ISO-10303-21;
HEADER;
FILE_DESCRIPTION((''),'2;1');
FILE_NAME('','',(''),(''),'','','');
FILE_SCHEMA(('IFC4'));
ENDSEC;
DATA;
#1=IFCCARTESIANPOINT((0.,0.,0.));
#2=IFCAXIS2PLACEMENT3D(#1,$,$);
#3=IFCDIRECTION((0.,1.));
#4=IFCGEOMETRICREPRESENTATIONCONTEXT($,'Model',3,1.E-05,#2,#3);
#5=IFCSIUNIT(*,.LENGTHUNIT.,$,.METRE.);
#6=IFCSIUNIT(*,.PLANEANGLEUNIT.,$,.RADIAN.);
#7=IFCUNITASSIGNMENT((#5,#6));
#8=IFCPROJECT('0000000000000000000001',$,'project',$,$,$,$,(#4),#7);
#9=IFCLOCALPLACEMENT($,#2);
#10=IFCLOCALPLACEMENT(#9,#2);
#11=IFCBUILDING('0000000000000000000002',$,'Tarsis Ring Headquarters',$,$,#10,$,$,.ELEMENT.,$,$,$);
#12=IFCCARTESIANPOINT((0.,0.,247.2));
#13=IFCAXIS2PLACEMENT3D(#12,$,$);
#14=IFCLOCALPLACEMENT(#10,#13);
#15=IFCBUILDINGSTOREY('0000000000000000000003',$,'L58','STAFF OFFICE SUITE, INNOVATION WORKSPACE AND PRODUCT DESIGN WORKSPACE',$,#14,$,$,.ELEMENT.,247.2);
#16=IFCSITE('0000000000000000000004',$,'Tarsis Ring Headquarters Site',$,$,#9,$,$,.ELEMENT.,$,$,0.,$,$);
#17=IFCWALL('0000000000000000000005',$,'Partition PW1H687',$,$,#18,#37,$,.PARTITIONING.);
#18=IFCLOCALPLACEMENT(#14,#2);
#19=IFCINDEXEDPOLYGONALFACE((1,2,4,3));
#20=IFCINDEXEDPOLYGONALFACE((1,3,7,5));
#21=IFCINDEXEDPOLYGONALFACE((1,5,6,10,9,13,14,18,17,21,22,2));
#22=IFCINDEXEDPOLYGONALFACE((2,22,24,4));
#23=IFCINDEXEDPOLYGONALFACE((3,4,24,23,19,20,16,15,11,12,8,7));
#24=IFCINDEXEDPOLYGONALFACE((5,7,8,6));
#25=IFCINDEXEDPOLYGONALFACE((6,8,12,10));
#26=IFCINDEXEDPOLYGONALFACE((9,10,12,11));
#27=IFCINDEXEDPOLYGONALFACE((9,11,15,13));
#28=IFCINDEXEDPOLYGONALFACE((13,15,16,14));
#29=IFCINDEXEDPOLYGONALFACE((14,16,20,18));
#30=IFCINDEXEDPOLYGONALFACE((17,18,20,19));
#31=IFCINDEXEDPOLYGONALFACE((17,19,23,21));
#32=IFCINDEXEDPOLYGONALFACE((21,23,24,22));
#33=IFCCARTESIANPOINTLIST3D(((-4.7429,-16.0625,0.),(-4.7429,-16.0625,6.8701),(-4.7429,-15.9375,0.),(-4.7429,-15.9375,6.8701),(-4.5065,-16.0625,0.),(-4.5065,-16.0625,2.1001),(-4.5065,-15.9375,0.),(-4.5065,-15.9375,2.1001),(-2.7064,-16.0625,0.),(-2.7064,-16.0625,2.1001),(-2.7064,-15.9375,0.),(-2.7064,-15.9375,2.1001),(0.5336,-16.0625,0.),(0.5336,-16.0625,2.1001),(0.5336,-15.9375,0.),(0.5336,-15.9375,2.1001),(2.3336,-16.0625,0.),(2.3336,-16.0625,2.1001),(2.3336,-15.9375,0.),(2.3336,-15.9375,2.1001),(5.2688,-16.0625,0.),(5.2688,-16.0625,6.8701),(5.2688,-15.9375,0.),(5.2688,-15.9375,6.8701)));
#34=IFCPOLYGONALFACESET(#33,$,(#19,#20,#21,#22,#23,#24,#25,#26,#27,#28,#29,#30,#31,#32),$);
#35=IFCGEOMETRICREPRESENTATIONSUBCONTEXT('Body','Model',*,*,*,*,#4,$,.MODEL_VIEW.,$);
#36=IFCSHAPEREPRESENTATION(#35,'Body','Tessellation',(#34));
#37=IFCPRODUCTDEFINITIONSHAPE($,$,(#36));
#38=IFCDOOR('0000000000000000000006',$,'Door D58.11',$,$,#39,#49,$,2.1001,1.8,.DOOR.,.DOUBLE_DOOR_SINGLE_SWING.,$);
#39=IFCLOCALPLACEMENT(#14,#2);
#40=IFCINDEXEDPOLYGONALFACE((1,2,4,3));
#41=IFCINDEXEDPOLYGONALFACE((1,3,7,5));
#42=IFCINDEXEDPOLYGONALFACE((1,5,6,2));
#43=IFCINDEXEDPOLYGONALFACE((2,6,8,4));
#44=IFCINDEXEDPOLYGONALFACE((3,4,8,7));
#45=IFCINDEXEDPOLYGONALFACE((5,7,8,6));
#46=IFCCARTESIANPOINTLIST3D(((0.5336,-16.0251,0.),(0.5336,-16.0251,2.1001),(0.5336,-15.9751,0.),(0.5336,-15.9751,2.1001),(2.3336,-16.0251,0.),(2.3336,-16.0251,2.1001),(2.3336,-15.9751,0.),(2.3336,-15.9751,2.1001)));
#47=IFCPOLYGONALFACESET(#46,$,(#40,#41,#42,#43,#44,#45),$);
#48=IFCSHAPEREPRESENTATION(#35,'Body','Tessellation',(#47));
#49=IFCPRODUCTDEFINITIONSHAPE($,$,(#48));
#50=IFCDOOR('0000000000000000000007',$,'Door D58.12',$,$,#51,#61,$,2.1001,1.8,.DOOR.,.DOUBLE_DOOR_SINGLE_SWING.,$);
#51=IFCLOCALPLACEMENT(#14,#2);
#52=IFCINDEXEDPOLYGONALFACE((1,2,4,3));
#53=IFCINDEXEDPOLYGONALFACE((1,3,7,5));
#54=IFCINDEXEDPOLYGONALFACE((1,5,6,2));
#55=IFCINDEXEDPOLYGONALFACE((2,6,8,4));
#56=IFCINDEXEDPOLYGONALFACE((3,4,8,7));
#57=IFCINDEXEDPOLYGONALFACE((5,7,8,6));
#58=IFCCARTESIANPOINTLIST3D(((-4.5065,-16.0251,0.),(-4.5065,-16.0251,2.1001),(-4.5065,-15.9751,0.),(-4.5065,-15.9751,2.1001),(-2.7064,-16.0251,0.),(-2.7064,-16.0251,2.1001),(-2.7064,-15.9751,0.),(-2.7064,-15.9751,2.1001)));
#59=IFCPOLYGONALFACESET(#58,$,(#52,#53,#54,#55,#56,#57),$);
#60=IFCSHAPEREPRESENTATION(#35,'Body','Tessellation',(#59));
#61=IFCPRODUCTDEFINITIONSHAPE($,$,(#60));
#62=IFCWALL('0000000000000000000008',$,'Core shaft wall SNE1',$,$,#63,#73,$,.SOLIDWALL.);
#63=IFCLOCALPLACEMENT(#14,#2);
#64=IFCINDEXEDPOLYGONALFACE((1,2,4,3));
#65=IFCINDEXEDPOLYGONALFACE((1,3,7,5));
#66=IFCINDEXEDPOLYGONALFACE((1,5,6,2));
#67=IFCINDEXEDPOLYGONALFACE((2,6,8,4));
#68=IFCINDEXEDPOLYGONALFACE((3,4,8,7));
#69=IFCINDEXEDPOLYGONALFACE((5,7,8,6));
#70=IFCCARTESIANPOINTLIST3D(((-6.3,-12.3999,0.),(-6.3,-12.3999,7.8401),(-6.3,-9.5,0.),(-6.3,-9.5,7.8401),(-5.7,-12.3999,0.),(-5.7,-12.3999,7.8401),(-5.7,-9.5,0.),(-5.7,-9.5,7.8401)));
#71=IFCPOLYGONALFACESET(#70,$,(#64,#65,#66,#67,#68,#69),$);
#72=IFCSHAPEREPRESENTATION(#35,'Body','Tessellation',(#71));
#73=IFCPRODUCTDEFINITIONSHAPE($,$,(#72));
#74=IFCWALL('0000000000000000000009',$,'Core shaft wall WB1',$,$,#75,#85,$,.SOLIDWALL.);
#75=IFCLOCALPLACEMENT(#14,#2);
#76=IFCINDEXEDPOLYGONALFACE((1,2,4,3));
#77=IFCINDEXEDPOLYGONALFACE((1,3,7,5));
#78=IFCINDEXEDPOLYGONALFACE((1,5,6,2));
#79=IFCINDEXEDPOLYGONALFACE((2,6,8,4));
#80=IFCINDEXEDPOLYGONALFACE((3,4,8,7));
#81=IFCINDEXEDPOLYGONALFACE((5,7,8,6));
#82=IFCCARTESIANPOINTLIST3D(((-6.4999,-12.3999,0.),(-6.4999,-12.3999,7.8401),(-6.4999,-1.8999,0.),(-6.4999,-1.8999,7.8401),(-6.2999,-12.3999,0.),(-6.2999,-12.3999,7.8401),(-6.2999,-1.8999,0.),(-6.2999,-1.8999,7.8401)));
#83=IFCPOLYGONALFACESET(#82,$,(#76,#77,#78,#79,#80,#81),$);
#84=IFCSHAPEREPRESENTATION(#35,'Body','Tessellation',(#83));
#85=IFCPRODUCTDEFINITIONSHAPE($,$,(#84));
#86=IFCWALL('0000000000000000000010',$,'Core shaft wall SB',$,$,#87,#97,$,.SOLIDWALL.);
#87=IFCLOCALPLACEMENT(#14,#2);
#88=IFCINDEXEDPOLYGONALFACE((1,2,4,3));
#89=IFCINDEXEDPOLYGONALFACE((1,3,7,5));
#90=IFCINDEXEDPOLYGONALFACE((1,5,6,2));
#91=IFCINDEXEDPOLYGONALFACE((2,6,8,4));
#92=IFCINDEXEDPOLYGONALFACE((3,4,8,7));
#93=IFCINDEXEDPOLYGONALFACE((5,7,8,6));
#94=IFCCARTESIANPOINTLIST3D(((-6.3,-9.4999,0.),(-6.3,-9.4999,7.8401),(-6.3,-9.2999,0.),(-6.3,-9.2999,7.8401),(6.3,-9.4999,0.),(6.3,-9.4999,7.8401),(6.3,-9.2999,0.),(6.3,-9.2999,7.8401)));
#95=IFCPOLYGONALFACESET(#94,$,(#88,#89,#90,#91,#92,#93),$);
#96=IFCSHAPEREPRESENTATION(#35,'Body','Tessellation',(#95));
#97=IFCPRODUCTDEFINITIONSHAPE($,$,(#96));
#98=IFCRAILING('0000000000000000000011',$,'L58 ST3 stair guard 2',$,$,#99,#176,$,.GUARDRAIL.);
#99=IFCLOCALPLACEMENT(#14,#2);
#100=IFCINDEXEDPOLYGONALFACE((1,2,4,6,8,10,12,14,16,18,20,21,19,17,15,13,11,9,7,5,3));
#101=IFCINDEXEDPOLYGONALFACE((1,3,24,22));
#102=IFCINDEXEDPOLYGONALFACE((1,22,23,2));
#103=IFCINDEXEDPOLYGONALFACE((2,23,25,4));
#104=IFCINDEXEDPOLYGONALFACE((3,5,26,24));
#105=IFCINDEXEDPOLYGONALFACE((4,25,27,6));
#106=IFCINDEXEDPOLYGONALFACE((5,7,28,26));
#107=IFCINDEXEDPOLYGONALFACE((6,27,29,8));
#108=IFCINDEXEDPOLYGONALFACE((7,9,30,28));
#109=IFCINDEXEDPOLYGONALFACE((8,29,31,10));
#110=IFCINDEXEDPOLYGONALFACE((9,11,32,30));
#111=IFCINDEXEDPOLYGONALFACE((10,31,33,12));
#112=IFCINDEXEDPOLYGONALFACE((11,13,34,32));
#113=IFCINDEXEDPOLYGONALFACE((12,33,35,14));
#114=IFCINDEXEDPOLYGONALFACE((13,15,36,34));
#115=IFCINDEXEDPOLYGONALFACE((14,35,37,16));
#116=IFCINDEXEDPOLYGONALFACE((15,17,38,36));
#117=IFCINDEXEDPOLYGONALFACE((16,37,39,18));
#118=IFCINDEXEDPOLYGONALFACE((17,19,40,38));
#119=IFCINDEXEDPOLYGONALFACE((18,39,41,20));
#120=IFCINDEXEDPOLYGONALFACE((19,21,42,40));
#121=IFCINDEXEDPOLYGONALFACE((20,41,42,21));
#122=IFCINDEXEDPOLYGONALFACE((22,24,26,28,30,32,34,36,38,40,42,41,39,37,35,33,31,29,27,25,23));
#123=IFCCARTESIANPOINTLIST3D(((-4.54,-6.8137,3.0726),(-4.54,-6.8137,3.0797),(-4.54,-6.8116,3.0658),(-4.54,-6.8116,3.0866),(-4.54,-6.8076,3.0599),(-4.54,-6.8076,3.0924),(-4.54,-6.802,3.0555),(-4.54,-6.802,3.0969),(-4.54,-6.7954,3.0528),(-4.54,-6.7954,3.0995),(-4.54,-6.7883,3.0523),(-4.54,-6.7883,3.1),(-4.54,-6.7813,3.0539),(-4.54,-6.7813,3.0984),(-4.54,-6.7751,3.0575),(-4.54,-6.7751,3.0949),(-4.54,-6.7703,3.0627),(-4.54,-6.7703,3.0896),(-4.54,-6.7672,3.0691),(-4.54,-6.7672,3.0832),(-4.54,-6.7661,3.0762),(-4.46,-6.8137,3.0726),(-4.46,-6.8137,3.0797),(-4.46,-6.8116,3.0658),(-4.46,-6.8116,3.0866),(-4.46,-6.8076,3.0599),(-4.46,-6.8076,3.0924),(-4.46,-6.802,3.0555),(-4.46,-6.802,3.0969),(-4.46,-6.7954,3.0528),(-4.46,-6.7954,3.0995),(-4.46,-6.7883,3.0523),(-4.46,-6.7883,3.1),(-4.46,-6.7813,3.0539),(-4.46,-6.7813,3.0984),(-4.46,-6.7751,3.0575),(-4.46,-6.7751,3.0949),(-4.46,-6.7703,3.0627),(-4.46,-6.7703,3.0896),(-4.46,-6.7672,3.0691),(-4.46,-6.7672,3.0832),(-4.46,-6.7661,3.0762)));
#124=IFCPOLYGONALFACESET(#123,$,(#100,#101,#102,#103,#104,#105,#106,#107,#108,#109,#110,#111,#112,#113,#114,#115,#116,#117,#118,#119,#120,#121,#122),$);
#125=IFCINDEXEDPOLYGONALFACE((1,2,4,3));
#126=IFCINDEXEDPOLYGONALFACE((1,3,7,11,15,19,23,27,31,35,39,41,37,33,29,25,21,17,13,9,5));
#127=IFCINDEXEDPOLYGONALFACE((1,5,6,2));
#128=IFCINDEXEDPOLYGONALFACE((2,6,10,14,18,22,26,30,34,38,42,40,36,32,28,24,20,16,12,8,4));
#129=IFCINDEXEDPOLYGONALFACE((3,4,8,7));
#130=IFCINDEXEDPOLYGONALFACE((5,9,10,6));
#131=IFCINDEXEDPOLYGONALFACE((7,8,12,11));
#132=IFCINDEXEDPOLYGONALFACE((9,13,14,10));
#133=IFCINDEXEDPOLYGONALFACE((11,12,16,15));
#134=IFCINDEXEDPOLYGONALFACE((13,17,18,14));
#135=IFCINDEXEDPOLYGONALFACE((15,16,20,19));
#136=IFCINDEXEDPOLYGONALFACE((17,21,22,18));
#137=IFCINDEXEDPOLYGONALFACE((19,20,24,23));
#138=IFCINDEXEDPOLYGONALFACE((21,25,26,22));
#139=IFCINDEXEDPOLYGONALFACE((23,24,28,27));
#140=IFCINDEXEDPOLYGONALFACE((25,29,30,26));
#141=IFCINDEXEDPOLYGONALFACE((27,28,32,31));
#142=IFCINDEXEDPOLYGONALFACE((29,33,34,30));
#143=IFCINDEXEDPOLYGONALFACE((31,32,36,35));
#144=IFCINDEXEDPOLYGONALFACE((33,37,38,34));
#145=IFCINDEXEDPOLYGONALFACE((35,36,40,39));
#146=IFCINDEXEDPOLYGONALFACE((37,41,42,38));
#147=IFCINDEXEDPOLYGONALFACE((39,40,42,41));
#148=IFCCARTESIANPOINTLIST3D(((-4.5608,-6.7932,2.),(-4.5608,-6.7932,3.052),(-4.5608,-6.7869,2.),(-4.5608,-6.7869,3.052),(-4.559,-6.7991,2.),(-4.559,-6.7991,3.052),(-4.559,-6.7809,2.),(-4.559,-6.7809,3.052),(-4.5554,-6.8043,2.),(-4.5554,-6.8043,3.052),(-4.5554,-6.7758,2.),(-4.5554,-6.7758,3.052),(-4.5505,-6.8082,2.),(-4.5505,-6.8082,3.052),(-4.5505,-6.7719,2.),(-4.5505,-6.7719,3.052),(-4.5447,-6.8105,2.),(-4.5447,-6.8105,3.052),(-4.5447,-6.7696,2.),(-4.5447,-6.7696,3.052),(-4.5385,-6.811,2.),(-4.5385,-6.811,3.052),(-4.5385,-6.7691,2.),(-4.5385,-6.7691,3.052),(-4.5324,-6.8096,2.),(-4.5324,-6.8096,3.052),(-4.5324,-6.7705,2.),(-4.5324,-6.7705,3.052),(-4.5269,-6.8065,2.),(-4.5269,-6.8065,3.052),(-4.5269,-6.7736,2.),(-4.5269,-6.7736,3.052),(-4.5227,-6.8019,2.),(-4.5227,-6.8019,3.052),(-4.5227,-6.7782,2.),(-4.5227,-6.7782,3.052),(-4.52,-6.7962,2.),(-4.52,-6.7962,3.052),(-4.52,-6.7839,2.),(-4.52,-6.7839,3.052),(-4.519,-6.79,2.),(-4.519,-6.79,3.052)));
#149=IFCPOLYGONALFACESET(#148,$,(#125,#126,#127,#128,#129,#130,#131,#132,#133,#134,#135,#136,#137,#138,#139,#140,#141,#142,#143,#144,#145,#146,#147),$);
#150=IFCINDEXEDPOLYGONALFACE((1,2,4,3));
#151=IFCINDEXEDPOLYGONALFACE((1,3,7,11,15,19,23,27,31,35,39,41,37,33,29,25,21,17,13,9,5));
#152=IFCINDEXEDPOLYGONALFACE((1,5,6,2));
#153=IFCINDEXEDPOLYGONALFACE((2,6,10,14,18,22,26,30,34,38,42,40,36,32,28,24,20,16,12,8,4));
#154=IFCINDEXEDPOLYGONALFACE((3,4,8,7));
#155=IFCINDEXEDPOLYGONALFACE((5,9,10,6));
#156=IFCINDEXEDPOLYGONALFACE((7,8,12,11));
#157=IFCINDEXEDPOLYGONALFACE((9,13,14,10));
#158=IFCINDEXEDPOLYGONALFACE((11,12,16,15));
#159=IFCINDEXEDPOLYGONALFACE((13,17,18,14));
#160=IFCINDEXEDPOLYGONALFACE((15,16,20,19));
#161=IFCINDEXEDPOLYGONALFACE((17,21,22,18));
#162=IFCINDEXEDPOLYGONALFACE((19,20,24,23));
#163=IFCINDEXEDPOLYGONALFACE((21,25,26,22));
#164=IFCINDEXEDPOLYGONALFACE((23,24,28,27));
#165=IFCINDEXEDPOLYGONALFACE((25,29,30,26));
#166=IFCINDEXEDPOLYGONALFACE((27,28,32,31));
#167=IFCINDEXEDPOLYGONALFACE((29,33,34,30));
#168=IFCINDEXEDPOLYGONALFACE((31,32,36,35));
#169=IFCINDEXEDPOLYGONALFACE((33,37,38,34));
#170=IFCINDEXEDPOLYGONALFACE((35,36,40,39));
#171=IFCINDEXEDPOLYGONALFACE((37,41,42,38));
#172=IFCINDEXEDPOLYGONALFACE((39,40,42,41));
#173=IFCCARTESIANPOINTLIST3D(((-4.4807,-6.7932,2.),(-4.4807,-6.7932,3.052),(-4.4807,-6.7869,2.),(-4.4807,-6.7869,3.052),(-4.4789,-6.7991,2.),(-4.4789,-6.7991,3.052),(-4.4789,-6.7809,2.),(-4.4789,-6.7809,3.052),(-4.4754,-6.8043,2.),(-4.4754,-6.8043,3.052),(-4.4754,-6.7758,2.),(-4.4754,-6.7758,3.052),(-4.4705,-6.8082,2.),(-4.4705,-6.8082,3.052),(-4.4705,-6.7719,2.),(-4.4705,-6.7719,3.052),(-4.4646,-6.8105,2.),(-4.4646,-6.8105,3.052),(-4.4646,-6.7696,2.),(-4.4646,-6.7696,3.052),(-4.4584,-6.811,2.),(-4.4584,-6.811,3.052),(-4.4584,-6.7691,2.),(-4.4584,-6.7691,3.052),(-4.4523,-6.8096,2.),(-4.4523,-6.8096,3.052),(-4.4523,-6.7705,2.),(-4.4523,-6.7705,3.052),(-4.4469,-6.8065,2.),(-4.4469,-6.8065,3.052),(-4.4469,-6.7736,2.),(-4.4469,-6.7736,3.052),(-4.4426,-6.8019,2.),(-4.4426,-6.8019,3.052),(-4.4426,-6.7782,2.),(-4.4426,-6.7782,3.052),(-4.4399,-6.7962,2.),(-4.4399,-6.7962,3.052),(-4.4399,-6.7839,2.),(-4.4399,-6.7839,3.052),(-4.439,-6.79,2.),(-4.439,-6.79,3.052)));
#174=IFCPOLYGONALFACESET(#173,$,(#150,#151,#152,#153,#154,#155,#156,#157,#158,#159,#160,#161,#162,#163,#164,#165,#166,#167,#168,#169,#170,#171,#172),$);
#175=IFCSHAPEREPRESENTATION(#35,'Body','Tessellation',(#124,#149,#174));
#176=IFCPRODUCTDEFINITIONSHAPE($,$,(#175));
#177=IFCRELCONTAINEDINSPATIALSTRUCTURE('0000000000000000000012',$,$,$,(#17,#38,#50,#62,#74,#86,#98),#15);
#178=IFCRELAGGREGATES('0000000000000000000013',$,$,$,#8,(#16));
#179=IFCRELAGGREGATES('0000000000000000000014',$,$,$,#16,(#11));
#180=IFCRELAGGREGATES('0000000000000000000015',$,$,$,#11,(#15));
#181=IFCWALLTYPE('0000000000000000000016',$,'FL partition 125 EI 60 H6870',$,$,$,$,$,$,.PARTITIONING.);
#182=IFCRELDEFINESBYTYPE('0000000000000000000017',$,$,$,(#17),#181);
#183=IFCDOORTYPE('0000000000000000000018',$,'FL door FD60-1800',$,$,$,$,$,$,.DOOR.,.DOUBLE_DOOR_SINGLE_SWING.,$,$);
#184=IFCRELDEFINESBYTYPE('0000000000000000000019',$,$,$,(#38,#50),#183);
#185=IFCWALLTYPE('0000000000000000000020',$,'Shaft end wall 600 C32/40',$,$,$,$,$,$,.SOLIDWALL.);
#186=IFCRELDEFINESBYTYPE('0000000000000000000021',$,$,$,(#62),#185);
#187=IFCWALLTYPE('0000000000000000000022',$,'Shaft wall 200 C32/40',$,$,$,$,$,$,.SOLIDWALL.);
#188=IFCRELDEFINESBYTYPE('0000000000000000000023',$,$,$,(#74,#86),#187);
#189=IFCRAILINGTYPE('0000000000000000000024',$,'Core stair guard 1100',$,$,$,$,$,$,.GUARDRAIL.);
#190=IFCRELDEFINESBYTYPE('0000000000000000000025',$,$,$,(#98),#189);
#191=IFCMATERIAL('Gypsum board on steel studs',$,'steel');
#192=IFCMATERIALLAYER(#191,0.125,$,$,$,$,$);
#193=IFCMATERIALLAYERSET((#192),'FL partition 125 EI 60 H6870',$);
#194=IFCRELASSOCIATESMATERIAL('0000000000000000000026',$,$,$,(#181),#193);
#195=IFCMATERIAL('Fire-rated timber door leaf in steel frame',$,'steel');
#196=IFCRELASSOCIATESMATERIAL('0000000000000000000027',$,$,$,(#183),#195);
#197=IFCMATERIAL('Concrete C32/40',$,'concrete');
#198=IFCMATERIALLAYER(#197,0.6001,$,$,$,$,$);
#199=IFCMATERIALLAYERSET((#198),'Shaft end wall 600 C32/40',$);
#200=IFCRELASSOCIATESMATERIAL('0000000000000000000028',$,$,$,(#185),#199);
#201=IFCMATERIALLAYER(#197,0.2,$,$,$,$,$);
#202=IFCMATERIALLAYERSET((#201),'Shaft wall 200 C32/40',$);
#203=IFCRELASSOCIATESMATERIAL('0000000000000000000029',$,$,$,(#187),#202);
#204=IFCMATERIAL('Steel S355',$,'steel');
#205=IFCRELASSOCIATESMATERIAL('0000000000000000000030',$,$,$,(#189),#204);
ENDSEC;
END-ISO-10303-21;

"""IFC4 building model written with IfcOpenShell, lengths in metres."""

from ifc_helpers import new_model, si_unit, direction, frame, frame_2d, origin, origin_2d, place, context, subcontext, project, spatial, rectangle, circle, extrude, material, layer, layer_set, type_object, element, fill, save


model = new_model("IFC4")

# Units and contexts
model_context = context("Model", 3, precision=1e-05, world=origin(), true_north=direction((0.0, 1.0)))
body_context = subcontext(model_context, "Body", "Model", "MODEL_VIEW")
ifc_project = project(units=[si_unit("LENGTHUNIT", "METRE"), si_unit("PLANEANGLEUNIT", "RADIAN")], contexts=[model_context])

# Site, building, storey
site_placement = place(None, origin())
site = spatial("IfcSite", under=ifc_project, at=site_placement, Name="Tarsis Ring Headquarters Site", CompositionType="ELEMENT", RefElevation=0.0)
building_placement = place(site_placement, origin())
building = spatial("IfcBuilding", under=site, at=building_placement, Name="Tarsis Ring Headquarters", CompositionType="ELEMENT")
storey_placement = place(building_placement, frame((0.0, 0.0, 247.2)))
storey = spatial("IfcBuildingStorey", under=building, at=storey_placement, Name="L58", Description="STAFF OFFICE SUITE, INNOVATION WORKSPACE AND PRODUCT DESIGN WORKSPACE", CompositionType="ELEMENT", Elevation=247.2)

# Shared definitions
ifc_material_1 = material(Name="Steel S355", Category="steel")

# Shared definitions
ifc_material_2 = material(Name="Gypsum board on steel studs", Category="steel")
ifc_layer_1 = layer(ifc_material_2, 0.125)
ifc_layer_set_1 = layer_set([ifc_layer_1], Name="FL partition 125 EI 60 H6870")
wall_type_1 = type_object("IfcWallType", Name="FL partition 125 EI 60 H6870", PredefinedType="PARTITIONING", material=ifc_layer_set_1)
ifc_material_3 = material(Name="Fire-rated timber door leaf in steel frame", Category="steel")

# Wall, openings, doors
wall_1_placement = place(storey_placement, frame((-4.7429, -16.0, 0.0), z_axis=(0.0, 0.0, 1.0), x_axis=(1.0, 0.0, 0.0)))
wall_1 = element("IfcWall", 1, at=wall_1_placement, inside=storey, type_object=wall_type_1, Name="Partition PW1H687", PredefinedType="PARTITIONING", context=body_context, shape_type="SweptSolid", body=[
    extrude(rectangle(XDim=10.0117, YDim=0.125, at=frame_2d((5.0059, 0.0))), origin(), (0.0, 0.0, 1.0), 6.8701),
])
opening_1_placement = place(wall_1_placement, frame((5.2766, 0.0, 0.0)))
opening_1 = element("IfcOpeningElement", 2, at=opening_1_placement, cuts=wall_1, PredefinedType="OPENING", context=body_context, shape_type="SweptSolid", body=[
    extrude(rectangle(XDim=1.8, YDim=2.1001, at=frame_2d((0.8999, 1.05))), frame((0.0, 0.0725, 0.0), z_axis=(0.0, -1.0, 0.0), x_axis=(1.0, 0.0, 0.0)), (0.0, 0.0, 1.0), 0.145),
])
opening_2_placement = place(wall_1_placement, frame((0.2366, 0.0, 0.0)))
opening_2 = element("IfcOpeningElement", 3, at=opening_2_placement, cuts=wall_1, PredefinedType="OPENING", context=body_context, shape_type="SweptSolid", body=[
    extrude(rectangle(XDim=1.8, YDim=2.1001, at=frame_2d((0.8999, 1.05))), frame((0.0, 0.0725, 0.0), z_axis=(0.0, -1.0, 0.0), x_axis=(1.0, 0.0, 0.0)), (0.0, 0.0, 1.0), 0.145),
])
door_type_1 = type_object("IfcDoorType", Name="FL door FD60-1800", OperationType="DOUBLE_DOOR_SINGLE_SWING", PredefinedType="DOOR", material=ifc_material_3)
door_1_placement = place(opening_1_placement, origin())
door_1 = element("IfcDoor", 4, at=door_1_placement, inside=storey, type_object=door_type_1, Name="Door D58.11", OperationType="DOUBLE_DOOR_SINGLE_SWING", OverallHeight=2.1001, OverallWidth=1.8, PredefinedType="DOOR", context=body_context, shape_type="SweptSolid", body=[
    extrude(rectangle(XDim=1.8, YDim=2.1001, at=frame_2d((0.8999, 1.05))), frame((0.0, 0.0249, 0.0), z_axis=(0.0, -1.0, 0.0), x_axis=(1.0, 0.0, 0.0)), (0.0, 0.0, 1.0), 0.05),
])
fill(opening_1, door_1)
door_2_placement = place(opening_2_placement, origin())
door_2 = element("IfcDoor", 5, at=door_2_placement, inside=storey, type_object=door_type_1, Name="Door D58.12", OperationType="DOUBLE_DOOR_SINGLE_SWING", OverallHeight=2.1001, OverallWidth=1.8, PredefinedType="DOOR", context=body_context, shape_type="SweptSolid", body=[
    extrude(rectangle(XDim=1.8, YDim=2.1001, at=frame_2d((0.8999, 1.05))), frame((0.0, 0.0249, 0.0), z_axis=(0.0, -1.0, 0.0), x_axis=(1.0, 0.0, 0.0)), (0.0, 0.0, 1.0), 0.05),
])
fill(opening_2, door_2)

# Walls
ifc_material_4 = material(Name="Concrete C32/40", Category="concrete")
ifc_layer_2 = layer(ifc_material_4, 0.6001)
ifc_layer_set_2 = layer_set([ifc_layer_2], Name="Shaft end wall 600 C32/40")
wall_type_2 = type_object("IfcWallType", Name="Shaft end wall 600 C32/40", PredefinedType="SOLIDWALL", material=ifc_layer_set_2)
wall_2_placement = place(storey_placement, frame((-6.0, -12.3999, 0.0), z_axis=(0.0, 0.0, 1.0), x_axis=(0.0, 1.0, 0.0)))
element("IfcWall", 6, at=wall_2_placement, inside=storey, type_object=wall_type_2, Name="Core shaft wall SNE1", PredefinedType="SOLIDWALL", context=body_context, shape_type="SweptSolid", body=[
    extrude(rectangle(XDim=2.8999, YDim=0.6001, at=frame_2d((1.45, 0.0))), origin(), (0.0, 0.0, 1.0), 7.8401),
])
ifc_layer_3 = layer(ifc_material_4, 0.2)
ifc_layer_set_3 = layer_set([ifc_layer_3], Name="Shaft wall 200 C32/40")
wall_type_3 = type_object("IfcWallType", Name="Shaft wall 200 C32/40", PredefinedType="SOLIDWALL", material=ifc_layer_set_3)
wall_3_placement = place(storey_placement, frame((-6.3999, -12.3999, 0.0), z_axis=(0.0, 0.0, 1.0), x_axis=(0.0, 1.0, 0.0)))
element("IfcWall", 7, at=wall_3_placement, inside=storey, type_object=wall_type_3, Name="Core shaft wall WB1", PredefinedType="SOLIDWALL", context=body_context, shape_type="SweptSolid", body=[
    extrude(rectangle(XDim=10.5, YDim=0.2, at=frame_2d((5.25, 0.0))), origin(), (0.0, 0.0, 1.0), 7.8401),
])
wall_4_placement = place(storey_placement, frame((-6.3, -9.3999, 0.0), z_axis=(0.0, 0.0, 1.0), x_axis=(1.0, 0.0, 0.0)))
element("IfcWall", 8, at=wall_4_placement, inside=storey, type_object=wall_type_3, Name="Core shaft wall SB", PredefinedType="SOLIDWALL", context=body_context, shape_type="SweptSolid", body=[
    extrude(rectangle(XDim=12.6001, YDim=0.2, at=frame_2d((6.3, 0.0))), origin(), (0.0, 0.0, 1.0), 7.8401),
])

# Railing
railing_type = type_object("IfcRailingType", Name="Core stair guard 1100", PredefinedType="GUARDRAIL", material=ifc_material_1)
railing_1_placement = place(storey_placement, frame((-4.54, -6.79, 2.0)))
element("IfcRailing", 9, at=railing_1_placement, inside=storey, type_object=railing_type, Name="L58 ST3 stair guard 2", PredefinedType="GUARDRAIL", context=body_context, shape_type="SweptSolid", body=[
    extrude(circle(Radius=0.0239, at=origin_2d()), frame((0.0, 0.0, 1.0762), z_axis=(1.0, 0.0, 0.0), x_axis=(0.0, 1.0, 0.0)), (0.0, 0.0, 1.0), 0.0801),
    extrude(circle(Radius=0.021, at=origin_2d()), origin(), (0.0, 0.0, 1.0), 1.052),
    extrude(circle(Radius=0.021, at=origin_2d()), frame((0.0801, 0.0, 0.0)), (0.0, 0.0, 1.0), 1.052),
])

save(model, "model.ifc")
